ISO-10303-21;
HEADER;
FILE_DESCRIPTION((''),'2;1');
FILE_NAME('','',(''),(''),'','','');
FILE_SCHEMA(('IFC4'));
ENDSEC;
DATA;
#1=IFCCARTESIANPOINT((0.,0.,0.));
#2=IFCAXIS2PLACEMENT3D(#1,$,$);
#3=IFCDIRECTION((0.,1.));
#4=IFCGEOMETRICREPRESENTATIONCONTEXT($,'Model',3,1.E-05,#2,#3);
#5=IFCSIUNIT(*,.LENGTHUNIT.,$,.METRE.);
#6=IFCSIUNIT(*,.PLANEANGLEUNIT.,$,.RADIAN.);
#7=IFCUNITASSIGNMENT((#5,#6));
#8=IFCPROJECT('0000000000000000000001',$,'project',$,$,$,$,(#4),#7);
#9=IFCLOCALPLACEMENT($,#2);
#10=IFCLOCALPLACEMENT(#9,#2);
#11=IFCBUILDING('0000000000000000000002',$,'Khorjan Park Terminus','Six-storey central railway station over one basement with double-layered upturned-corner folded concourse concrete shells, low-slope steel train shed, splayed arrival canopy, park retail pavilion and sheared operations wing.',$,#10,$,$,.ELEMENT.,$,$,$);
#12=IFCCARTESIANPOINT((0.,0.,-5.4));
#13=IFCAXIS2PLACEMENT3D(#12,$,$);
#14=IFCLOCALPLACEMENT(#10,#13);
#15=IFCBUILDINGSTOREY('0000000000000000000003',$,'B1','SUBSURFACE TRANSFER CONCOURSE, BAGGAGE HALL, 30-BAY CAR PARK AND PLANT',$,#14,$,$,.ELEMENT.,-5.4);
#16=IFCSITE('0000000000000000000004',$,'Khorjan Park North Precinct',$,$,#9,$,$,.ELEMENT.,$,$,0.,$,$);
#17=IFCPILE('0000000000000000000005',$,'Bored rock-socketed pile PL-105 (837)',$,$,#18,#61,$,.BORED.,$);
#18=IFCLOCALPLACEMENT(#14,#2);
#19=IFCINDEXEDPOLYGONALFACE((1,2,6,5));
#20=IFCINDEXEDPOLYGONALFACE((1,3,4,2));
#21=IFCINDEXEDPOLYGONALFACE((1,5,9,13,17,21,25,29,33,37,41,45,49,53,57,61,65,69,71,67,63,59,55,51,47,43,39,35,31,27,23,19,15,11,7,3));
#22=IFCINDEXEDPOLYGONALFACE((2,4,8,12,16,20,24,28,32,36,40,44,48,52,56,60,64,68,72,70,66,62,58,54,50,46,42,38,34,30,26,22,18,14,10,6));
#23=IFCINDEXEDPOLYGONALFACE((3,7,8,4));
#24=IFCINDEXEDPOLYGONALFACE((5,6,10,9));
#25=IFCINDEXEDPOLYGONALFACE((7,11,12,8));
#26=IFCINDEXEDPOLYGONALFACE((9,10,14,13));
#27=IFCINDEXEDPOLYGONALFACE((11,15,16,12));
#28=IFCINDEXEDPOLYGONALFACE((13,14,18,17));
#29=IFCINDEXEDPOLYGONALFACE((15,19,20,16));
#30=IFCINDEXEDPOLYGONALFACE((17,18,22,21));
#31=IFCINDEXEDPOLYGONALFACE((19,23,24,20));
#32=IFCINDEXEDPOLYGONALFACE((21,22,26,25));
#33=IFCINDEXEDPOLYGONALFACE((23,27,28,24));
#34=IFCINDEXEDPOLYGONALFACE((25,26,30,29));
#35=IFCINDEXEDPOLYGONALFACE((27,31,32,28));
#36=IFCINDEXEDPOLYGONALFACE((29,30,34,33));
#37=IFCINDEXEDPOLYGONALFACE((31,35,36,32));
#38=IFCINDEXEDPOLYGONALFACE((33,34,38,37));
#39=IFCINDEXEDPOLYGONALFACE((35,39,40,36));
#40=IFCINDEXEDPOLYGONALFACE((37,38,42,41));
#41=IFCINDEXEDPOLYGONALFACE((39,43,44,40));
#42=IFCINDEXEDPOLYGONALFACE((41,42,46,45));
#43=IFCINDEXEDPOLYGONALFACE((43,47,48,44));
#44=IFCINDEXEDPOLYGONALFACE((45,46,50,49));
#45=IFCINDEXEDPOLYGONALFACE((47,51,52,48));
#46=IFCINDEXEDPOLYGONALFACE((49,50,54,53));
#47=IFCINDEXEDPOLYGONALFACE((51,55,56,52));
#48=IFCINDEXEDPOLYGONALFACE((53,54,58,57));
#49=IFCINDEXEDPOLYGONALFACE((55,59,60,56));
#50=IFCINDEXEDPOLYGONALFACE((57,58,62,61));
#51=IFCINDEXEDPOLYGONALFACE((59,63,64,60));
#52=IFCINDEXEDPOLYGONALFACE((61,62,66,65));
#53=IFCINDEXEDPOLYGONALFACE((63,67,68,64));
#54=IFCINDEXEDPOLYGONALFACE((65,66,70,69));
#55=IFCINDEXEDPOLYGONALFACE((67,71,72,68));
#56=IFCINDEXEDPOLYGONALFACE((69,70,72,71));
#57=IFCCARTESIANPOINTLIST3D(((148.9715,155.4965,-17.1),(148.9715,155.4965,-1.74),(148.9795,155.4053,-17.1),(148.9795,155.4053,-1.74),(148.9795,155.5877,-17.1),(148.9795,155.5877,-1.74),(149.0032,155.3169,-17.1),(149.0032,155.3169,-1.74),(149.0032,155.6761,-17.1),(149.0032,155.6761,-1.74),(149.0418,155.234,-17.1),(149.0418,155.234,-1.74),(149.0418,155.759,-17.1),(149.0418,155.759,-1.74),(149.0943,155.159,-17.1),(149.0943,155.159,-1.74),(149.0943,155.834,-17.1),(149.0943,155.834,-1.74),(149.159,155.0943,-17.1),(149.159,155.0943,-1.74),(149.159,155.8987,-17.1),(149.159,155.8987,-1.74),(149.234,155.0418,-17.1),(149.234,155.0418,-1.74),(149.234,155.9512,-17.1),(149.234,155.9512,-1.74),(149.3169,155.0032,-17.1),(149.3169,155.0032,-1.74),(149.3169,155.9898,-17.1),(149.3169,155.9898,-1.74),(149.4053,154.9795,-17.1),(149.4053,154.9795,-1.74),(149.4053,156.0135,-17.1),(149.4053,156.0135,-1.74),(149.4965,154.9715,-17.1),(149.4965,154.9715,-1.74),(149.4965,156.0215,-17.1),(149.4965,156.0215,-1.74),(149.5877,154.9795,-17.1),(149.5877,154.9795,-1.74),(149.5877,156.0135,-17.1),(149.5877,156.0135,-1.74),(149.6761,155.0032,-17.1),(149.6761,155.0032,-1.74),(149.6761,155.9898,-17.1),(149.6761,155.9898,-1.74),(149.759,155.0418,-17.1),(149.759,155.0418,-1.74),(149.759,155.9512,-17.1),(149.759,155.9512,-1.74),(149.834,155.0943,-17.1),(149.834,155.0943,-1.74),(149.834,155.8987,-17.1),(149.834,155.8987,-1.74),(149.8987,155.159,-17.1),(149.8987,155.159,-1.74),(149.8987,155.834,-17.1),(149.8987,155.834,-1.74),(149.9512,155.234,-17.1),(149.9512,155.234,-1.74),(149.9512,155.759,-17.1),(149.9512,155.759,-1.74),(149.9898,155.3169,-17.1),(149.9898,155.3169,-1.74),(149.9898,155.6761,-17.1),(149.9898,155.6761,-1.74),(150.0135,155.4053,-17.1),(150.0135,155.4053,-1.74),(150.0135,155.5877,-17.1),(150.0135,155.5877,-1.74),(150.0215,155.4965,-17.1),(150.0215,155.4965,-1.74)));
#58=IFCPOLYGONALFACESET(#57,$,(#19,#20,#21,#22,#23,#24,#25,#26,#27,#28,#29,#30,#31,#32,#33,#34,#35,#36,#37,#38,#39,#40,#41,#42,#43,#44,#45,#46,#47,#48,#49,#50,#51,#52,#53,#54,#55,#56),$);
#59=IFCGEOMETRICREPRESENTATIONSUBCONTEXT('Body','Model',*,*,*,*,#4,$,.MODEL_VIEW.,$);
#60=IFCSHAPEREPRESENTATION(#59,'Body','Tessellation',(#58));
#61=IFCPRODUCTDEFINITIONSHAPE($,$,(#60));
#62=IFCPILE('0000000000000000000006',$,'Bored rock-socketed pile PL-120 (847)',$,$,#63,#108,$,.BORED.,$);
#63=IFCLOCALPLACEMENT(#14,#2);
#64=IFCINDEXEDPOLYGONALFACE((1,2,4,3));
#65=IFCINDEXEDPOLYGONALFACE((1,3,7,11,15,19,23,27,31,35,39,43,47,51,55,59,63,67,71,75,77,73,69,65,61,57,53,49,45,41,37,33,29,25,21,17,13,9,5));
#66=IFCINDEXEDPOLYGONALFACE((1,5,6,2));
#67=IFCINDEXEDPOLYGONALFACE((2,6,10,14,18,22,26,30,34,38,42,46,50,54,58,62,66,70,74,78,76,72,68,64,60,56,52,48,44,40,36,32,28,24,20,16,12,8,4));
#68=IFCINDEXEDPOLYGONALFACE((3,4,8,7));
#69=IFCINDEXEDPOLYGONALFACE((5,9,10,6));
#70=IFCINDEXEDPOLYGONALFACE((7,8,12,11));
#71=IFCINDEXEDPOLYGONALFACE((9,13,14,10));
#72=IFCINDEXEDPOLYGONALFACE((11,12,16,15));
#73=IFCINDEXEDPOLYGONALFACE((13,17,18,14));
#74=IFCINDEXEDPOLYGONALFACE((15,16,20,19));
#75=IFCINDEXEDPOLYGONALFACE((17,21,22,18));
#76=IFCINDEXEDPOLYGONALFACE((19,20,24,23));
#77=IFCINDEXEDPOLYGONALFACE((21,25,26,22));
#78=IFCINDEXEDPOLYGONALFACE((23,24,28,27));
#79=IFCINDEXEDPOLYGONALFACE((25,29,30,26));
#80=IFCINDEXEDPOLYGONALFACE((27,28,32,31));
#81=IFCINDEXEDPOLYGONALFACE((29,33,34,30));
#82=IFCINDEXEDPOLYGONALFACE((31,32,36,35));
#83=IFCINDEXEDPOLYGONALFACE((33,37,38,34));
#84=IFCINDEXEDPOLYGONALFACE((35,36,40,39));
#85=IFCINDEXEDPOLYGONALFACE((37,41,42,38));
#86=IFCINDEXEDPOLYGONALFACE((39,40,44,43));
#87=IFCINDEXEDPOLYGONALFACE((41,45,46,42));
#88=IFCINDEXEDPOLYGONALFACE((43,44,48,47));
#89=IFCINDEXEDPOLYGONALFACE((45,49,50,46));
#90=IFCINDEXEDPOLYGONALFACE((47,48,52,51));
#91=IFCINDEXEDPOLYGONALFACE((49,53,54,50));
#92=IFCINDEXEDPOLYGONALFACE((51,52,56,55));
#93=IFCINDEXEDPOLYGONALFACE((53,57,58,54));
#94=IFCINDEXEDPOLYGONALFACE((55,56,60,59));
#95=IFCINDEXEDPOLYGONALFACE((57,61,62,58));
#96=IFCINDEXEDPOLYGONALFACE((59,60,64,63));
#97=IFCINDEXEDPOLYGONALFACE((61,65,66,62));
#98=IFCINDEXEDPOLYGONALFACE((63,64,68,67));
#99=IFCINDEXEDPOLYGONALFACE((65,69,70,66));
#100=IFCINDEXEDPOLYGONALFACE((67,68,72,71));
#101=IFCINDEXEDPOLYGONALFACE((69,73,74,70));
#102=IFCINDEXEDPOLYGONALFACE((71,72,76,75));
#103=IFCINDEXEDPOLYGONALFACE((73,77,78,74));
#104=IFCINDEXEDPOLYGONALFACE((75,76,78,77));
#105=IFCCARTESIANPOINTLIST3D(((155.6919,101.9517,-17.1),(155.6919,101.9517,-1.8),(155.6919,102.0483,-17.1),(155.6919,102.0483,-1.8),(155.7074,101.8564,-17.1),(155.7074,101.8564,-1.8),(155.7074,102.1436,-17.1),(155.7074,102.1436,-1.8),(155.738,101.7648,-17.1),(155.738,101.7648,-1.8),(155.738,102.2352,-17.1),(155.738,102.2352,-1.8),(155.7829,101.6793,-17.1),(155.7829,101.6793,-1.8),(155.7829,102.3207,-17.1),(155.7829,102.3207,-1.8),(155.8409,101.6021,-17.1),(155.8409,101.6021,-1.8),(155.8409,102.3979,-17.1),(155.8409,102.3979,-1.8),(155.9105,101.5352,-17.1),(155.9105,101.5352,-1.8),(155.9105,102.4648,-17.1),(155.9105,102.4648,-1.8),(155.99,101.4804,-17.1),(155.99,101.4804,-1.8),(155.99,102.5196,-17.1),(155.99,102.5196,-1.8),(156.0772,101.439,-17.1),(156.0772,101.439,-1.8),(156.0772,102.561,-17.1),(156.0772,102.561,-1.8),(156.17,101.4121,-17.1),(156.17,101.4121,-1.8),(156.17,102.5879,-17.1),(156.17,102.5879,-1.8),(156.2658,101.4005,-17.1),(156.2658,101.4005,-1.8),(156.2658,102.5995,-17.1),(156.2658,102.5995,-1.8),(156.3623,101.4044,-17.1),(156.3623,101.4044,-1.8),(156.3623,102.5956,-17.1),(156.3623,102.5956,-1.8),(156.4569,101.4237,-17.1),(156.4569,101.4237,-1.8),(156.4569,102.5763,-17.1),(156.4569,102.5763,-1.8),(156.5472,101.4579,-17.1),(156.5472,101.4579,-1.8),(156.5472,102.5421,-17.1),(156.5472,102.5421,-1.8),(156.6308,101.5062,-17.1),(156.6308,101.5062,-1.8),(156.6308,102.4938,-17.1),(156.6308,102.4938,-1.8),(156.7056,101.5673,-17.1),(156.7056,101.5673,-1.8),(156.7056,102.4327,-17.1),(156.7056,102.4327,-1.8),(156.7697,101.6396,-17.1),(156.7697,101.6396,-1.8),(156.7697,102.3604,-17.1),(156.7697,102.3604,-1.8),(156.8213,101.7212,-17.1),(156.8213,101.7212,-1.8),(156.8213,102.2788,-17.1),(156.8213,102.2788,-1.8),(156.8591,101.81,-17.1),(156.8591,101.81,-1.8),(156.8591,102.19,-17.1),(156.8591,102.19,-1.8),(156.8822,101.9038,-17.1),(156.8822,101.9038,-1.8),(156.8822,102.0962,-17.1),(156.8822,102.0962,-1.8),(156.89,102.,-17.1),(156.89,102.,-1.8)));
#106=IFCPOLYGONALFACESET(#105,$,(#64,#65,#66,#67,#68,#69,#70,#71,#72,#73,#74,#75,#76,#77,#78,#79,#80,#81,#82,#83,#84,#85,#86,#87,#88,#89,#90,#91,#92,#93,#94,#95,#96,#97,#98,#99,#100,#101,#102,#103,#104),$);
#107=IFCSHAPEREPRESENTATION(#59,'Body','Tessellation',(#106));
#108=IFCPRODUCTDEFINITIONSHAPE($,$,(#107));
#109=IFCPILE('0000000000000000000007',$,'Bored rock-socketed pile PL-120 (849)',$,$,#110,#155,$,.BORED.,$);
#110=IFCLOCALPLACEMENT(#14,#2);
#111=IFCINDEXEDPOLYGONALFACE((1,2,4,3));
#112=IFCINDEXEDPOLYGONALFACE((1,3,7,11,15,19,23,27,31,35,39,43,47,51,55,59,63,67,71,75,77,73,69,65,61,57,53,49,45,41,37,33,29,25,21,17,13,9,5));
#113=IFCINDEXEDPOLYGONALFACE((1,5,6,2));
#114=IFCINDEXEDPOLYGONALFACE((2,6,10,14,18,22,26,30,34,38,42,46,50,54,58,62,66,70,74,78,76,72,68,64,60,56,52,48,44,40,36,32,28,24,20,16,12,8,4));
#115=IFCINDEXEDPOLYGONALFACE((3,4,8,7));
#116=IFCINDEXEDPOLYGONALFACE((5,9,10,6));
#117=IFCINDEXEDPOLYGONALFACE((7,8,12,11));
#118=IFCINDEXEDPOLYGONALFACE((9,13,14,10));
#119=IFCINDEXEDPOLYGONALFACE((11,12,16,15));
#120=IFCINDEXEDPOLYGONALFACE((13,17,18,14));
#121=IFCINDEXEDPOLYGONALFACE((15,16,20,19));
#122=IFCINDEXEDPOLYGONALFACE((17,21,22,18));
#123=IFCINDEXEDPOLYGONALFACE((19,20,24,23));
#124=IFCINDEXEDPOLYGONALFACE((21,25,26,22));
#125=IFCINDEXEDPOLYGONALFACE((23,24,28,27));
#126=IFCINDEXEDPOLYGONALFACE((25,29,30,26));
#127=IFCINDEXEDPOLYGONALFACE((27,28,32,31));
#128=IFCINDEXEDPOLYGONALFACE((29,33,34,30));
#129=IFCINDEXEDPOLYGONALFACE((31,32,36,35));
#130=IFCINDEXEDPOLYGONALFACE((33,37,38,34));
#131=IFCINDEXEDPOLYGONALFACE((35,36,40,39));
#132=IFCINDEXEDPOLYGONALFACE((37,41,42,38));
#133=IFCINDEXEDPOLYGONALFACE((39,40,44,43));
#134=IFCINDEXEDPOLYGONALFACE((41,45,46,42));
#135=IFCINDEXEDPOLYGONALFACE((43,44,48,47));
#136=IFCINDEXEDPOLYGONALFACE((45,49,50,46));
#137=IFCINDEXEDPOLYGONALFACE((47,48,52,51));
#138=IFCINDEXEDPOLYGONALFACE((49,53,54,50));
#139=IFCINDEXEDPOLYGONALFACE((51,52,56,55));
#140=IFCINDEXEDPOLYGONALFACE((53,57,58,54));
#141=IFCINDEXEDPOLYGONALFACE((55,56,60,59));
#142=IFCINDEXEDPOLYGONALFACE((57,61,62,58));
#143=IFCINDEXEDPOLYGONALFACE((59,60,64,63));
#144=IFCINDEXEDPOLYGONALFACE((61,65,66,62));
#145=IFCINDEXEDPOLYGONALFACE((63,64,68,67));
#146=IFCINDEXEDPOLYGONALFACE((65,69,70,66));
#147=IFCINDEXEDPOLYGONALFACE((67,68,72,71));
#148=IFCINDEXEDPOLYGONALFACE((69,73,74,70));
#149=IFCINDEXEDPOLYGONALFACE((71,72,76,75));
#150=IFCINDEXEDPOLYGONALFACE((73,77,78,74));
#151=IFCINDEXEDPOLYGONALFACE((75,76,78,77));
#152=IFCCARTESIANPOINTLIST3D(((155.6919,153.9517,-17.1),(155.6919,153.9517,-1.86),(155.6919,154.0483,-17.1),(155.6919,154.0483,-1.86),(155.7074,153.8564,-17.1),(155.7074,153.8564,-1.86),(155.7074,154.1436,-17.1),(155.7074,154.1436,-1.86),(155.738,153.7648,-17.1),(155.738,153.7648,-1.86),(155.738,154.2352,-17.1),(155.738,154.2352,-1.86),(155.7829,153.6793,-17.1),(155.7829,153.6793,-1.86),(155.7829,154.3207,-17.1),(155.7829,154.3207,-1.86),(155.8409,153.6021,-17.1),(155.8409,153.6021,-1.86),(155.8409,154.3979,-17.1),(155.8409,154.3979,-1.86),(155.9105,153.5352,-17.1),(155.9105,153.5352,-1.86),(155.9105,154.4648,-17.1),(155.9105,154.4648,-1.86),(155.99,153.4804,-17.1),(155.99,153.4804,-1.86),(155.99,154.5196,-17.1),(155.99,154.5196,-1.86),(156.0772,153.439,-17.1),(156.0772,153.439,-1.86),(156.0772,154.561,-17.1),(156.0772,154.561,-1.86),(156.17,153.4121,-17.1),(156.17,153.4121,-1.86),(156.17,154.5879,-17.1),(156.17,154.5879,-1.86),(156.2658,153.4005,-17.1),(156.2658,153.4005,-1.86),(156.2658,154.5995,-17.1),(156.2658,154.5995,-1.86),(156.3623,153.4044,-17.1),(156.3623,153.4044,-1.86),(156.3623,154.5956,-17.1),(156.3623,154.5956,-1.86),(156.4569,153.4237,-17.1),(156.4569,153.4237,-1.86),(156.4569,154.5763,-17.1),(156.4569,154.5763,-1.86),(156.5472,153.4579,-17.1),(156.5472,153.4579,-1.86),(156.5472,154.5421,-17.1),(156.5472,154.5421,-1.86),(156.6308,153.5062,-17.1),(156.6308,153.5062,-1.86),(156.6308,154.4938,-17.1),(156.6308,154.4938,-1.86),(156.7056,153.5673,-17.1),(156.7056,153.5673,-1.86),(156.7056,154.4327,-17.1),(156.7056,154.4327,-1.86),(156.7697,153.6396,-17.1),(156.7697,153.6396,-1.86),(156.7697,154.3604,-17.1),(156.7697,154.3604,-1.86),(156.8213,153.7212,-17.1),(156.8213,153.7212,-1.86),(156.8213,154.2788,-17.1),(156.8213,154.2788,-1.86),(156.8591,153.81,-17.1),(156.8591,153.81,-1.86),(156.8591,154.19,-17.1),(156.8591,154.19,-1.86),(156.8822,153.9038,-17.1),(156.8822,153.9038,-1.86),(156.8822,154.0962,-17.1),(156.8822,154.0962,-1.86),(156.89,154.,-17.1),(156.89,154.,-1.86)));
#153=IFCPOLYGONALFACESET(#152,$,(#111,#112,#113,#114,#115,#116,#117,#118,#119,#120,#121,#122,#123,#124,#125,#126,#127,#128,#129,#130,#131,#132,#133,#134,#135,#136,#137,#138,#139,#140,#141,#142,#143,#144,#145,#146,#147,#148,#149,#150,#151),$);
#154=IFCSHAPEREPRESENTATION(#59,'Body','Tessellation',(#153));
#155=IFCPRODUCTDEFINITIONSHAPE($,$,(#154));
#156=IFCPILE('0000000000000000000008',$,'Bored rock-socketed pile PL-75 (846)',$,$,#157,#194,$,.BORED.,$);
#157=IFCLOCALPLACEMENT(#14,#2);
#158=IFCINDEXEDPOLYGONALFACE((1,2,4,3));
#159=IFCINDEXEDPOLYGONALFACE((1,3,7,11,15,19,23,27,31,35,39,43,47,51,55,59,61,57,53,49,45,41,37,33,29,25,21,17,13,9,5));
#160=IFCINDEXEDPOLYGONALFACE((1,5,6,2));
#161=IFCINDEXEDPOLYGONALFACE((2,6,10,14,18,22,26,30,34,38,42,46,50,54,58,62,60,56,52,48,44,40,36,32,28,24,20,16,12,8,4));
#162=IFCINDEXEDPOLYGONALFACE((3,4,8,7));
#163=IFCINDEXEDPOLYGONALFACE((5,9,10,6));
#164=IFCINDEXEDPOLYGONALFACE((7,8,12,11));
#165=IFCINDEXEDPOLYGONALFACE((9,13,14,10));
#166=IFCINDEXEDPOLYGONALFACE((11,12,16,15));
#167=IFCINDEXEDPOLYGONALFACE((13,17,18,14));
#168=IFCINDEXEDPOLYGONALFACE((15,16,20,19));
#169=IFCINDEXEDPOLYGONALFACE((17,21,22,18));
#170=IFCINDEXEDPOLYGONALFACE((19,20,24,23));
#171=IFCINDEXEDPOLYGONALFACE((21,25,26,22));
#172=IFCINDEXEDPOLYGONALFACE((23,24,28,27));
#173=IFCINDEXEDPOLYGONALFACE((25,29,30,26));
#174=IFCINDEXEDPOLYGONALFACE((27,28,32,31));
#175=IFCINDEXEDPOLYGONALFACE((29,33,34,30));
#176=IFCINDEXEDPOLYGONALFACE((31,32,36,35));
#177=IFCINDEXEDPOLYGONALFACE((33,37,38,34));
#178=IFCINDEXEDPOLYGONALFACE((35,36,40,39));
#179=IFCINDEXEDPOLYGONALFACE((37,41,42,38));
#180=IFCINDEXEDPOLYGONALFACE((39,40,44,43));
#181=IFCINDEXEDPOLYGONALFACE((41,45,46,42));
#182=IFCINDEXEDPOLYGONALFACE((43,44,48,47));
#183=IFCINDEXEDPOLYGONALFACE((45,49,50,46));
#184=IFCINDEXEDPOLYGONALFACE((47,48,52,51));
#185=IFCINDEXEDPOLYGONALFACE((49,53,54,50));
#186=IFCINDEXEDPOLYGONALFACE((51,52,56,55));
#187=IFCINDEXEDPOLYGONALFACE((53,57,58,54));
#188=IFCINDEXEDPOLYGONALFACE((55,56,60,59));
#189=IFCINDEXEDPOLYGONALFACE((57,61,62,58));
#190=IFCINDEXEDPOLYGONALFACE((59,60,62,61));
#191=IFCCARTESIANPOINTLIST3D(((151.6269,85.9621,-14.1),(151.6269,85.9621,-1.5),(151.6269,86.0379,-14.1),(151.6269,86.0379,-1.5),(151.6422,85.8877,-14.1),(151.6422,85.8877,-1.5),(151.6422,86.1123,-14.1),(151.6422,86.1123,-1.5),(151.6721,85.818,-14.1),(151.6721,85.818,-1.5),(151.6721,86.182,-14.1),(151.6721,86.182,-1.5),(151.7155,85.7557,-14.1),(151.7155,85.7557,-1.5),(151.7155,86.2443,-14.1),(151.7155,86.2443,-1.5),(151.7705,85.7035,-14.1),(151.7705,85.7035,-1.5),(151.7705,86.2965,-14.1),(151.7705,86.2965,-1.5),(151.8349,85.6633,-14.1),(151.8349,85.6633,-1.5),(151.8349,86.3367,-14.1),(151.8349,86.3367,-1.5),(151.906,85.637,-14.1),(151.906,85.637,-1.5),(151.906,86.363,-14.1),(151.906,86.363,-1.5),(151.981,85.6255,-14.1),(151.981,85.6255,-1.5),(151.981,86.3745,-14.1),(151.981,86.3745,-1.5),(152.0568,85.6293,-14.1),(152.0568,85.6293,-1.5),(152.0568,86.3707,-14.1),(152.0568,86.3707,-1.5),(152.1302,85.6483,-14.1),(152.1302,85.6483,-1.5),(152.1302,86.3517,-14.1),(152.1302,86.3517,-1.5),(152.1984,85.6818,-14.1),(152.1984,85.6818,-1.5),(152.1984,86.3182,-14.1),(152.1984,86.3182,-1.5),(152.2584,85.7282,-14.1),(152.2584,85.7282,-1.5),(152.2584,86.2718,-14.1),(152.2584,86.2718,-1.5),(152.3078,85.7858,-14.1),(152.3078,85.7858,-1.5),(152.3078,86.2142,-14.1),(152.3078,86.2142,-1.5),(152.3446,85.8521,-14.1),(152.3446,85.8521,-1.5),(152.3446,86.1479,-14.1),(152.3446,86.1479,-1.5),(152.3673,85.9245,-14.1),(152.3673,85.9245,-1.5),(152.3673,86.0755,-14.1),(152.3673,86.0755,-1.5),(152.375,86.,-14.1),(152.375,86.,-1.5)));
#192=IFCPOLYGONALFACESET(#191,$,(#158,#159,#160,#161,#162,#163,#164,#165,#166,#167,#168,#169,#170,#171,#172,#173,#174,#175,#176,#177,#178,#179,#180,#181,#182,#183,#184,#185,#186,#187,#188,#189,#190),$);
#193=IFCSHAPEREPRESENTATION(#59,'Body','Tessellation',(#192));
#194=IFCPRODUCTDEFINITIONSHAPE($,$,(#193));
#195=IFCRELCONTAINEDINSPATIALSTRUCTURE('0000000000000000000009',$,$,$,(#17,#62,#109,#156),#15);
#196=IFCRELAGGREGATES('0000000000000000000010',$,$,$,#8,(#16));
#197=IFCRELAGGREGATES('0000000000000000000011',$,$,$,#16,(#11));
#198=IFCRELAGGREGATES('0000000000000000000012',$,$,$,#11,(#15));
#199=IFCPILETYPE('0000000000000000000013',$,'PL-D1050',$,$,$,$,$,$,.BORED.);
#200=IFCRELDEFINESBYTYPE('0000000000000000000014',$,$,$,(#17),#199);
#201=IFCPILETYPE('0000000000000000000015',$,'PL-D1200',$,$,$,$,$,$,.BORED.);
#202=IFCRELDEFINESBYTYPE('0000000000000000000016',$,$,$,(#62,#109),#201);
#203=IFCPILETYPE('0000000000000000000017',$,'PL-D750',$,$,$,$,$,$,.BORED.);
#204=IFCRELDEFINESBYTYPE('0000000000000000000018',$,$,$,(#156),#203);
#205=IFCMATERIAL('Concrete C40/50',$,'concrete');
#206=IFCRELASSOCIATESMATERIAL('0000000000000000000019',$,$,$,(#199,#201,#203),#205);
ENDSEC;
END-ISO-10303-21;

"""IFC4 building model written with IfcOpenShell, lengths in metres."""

from ifc_helpers import new_model, si_unit, direction, frame, origin, origin_2d, place, context, subcontext, project, spatial, circle, extrude, material, material_profile, profile_set, type_object, element, save


model = new_model("IFC4")

# Units and contexts
model_context = context("Model", 3, precision=1e-05, world=origin(), true_north=direction((0.0, 1.0)))
body_context = subcontext(model_context, "Body", "Model", "MODEL_VIEW")
ifc_project = project(units=[si_unit("LENGTHUNIT", "METRE"), si_unit("PLANEANGLEUNIT", "RADIAN")], contexts=[model_context])

# Site, building, storey
site_placement = place(None, origin())
site = spatial("IfcSite", under=ifc_project, at=site_placement, Name="Khorjan Park North Precinct", CompositionType="ELEMENT", RefElevation=0.0)
building_placement = place(site_placement, origin())
building = spatial("IfcBuilding", under=site, at=building_placement, Name="Khorjan Park Terminus", Description="Six-storey central railway station over one basement with double-layered upturned-corner folded concourse concrete shells, low-slope steel train shed, splayed arrival canopy, park retail pavilion and sheared operations wing.", CompositionType="ELEMENT")
storey_placement = place(building_placement, frame((0.0, 0.0, -5.4)))
storey = spatial("IfcBuildingStorey", under=building, at=storey_placement, Name="B1", Description="SUBSURFACE TRANSFER CONCOURSE, BAGGAGE HALL, 30-BAY CAR PARK AND PLANT", CompositionType="ELEMENT", Elevation=-5.4)

# Shared definitions
ifc_material_1 = material(Name="Concrete C40/50", Category="concrete")

# Piles
ifc_material_profile_1 = material_profile(ifc_material_1, circle(Radius=0.525, at=origin_2d()), Name="BORED D1050")
ifc_profile_set_1 = profile_set([ifc_material_profile_1], Name="Concrete C40/50")
pile_type_1 = type_object("IfcPileType", Name="PL-D1050", PredefinedType="BORED", material=ifc_profile_set_1)
for number, where, z_axis, x_axis, name in (
    (1, (149.4965, 155.4965, -1.74), (0.0, 0.0, -1.0), (1.0, 0.0, 0.0), "Bored rock-socketed pile PL-105 (837)"),
):
    element("IfcPile", number, at=place(storey_placement, frame(where, z_axis=z_axis, x_axis=x_axis)), inside=storey, type_object=pile_type_1, Name=name, PredefinedType="BORED", context=body_context, shape_type="SweptSolid", body=[
        extrude(circle(Radius=0.525, at=origin_2d()), origin(), (0.0, 0.0, 1.0), 15.36),
    ])
ifc_material_profile_2 = material_profile(ifc_material_1, circle(Radius=0.6, at=origin_2d()), Name="BORED D1200")
ifc_profile_set_2 = profile_set([ifc_material_profile_2], Name="Concrete C40/50")
pile_type_2 = type_object("IfcPileType", Name="PL-D1200", PredefinedType="BORED", material=ifc_profile_set_2)
pile_1_placement = place(storey_placement, frame((156.29, 102.0, -1.8), z_axis=(0.0, 0.0, -1.0), x_axis=(1.0, 0.0, 0.0)))
element("IfcPile", 2, at=pile_1_placement, inside=storey, type_object=pile_type_2, Name="Bored rock-socketed pile PL-120 (847)", PredefinedType="BORED", context=body_context, shape_type="SweptSolid", body=[
    extrude(circle(Radius=0.6, at=origin_2d()), origin(), (0.0, 0.0, 1.0), 15.3),
])
pile_2_placement = place(storey_placement, frame((156.29, 154.0, -1.86), z_axis=(0.0, 0.0, -1.0), x_axis=(1.0, 0.0, 0.0)))
element("IfcPile", 3, at=pile_2_placement, inside=storey, type_object=pile_type_2, Name="Bored rock-socketed pile PL-120 (849)", PredefinedType="BORED", context=body_context, shape_type="SweptSolid", body=[
    extrude(circle(Radius=0.6, at=origin_2d()), origin(), (0.0, 0.0, 1.0), 15.24),
])
ifc_material_profile_3 = material_profile(ifc_material_1, circle(Radius=0.375, at=origin_2d()), Name="BORED D750")
ifc_profile_set_3 = profile_set([ifc_material_profile_3], Name="Concrete C40/50")
pile_type_3 = type_object("IfcPileType", Name="PL-D750", PredefinedType="BORED", material=ifc_profile_set_3)
pile_3_placement = place(storey_placement, frame((152.0, 86.0, -1.5), z_axis=(0.0, 0.0, -1.0), x_axis=(1.0, 0.0, 0.0)))
element("IfcPile", 4, at=pile_3_placement, inside=storey, type_object=pile_type_3, Name="Bored rock-socketed pile PL-75 (846)", PredefinedType="BORED", context=body_context, shape_type="SweptSolid", body=[
    extrude(circle(Radius=0.375, at=origin_2d()), origin(), (0.0, 0.0, 1.0), 12.6),
])

save(model, "model.ifc")
